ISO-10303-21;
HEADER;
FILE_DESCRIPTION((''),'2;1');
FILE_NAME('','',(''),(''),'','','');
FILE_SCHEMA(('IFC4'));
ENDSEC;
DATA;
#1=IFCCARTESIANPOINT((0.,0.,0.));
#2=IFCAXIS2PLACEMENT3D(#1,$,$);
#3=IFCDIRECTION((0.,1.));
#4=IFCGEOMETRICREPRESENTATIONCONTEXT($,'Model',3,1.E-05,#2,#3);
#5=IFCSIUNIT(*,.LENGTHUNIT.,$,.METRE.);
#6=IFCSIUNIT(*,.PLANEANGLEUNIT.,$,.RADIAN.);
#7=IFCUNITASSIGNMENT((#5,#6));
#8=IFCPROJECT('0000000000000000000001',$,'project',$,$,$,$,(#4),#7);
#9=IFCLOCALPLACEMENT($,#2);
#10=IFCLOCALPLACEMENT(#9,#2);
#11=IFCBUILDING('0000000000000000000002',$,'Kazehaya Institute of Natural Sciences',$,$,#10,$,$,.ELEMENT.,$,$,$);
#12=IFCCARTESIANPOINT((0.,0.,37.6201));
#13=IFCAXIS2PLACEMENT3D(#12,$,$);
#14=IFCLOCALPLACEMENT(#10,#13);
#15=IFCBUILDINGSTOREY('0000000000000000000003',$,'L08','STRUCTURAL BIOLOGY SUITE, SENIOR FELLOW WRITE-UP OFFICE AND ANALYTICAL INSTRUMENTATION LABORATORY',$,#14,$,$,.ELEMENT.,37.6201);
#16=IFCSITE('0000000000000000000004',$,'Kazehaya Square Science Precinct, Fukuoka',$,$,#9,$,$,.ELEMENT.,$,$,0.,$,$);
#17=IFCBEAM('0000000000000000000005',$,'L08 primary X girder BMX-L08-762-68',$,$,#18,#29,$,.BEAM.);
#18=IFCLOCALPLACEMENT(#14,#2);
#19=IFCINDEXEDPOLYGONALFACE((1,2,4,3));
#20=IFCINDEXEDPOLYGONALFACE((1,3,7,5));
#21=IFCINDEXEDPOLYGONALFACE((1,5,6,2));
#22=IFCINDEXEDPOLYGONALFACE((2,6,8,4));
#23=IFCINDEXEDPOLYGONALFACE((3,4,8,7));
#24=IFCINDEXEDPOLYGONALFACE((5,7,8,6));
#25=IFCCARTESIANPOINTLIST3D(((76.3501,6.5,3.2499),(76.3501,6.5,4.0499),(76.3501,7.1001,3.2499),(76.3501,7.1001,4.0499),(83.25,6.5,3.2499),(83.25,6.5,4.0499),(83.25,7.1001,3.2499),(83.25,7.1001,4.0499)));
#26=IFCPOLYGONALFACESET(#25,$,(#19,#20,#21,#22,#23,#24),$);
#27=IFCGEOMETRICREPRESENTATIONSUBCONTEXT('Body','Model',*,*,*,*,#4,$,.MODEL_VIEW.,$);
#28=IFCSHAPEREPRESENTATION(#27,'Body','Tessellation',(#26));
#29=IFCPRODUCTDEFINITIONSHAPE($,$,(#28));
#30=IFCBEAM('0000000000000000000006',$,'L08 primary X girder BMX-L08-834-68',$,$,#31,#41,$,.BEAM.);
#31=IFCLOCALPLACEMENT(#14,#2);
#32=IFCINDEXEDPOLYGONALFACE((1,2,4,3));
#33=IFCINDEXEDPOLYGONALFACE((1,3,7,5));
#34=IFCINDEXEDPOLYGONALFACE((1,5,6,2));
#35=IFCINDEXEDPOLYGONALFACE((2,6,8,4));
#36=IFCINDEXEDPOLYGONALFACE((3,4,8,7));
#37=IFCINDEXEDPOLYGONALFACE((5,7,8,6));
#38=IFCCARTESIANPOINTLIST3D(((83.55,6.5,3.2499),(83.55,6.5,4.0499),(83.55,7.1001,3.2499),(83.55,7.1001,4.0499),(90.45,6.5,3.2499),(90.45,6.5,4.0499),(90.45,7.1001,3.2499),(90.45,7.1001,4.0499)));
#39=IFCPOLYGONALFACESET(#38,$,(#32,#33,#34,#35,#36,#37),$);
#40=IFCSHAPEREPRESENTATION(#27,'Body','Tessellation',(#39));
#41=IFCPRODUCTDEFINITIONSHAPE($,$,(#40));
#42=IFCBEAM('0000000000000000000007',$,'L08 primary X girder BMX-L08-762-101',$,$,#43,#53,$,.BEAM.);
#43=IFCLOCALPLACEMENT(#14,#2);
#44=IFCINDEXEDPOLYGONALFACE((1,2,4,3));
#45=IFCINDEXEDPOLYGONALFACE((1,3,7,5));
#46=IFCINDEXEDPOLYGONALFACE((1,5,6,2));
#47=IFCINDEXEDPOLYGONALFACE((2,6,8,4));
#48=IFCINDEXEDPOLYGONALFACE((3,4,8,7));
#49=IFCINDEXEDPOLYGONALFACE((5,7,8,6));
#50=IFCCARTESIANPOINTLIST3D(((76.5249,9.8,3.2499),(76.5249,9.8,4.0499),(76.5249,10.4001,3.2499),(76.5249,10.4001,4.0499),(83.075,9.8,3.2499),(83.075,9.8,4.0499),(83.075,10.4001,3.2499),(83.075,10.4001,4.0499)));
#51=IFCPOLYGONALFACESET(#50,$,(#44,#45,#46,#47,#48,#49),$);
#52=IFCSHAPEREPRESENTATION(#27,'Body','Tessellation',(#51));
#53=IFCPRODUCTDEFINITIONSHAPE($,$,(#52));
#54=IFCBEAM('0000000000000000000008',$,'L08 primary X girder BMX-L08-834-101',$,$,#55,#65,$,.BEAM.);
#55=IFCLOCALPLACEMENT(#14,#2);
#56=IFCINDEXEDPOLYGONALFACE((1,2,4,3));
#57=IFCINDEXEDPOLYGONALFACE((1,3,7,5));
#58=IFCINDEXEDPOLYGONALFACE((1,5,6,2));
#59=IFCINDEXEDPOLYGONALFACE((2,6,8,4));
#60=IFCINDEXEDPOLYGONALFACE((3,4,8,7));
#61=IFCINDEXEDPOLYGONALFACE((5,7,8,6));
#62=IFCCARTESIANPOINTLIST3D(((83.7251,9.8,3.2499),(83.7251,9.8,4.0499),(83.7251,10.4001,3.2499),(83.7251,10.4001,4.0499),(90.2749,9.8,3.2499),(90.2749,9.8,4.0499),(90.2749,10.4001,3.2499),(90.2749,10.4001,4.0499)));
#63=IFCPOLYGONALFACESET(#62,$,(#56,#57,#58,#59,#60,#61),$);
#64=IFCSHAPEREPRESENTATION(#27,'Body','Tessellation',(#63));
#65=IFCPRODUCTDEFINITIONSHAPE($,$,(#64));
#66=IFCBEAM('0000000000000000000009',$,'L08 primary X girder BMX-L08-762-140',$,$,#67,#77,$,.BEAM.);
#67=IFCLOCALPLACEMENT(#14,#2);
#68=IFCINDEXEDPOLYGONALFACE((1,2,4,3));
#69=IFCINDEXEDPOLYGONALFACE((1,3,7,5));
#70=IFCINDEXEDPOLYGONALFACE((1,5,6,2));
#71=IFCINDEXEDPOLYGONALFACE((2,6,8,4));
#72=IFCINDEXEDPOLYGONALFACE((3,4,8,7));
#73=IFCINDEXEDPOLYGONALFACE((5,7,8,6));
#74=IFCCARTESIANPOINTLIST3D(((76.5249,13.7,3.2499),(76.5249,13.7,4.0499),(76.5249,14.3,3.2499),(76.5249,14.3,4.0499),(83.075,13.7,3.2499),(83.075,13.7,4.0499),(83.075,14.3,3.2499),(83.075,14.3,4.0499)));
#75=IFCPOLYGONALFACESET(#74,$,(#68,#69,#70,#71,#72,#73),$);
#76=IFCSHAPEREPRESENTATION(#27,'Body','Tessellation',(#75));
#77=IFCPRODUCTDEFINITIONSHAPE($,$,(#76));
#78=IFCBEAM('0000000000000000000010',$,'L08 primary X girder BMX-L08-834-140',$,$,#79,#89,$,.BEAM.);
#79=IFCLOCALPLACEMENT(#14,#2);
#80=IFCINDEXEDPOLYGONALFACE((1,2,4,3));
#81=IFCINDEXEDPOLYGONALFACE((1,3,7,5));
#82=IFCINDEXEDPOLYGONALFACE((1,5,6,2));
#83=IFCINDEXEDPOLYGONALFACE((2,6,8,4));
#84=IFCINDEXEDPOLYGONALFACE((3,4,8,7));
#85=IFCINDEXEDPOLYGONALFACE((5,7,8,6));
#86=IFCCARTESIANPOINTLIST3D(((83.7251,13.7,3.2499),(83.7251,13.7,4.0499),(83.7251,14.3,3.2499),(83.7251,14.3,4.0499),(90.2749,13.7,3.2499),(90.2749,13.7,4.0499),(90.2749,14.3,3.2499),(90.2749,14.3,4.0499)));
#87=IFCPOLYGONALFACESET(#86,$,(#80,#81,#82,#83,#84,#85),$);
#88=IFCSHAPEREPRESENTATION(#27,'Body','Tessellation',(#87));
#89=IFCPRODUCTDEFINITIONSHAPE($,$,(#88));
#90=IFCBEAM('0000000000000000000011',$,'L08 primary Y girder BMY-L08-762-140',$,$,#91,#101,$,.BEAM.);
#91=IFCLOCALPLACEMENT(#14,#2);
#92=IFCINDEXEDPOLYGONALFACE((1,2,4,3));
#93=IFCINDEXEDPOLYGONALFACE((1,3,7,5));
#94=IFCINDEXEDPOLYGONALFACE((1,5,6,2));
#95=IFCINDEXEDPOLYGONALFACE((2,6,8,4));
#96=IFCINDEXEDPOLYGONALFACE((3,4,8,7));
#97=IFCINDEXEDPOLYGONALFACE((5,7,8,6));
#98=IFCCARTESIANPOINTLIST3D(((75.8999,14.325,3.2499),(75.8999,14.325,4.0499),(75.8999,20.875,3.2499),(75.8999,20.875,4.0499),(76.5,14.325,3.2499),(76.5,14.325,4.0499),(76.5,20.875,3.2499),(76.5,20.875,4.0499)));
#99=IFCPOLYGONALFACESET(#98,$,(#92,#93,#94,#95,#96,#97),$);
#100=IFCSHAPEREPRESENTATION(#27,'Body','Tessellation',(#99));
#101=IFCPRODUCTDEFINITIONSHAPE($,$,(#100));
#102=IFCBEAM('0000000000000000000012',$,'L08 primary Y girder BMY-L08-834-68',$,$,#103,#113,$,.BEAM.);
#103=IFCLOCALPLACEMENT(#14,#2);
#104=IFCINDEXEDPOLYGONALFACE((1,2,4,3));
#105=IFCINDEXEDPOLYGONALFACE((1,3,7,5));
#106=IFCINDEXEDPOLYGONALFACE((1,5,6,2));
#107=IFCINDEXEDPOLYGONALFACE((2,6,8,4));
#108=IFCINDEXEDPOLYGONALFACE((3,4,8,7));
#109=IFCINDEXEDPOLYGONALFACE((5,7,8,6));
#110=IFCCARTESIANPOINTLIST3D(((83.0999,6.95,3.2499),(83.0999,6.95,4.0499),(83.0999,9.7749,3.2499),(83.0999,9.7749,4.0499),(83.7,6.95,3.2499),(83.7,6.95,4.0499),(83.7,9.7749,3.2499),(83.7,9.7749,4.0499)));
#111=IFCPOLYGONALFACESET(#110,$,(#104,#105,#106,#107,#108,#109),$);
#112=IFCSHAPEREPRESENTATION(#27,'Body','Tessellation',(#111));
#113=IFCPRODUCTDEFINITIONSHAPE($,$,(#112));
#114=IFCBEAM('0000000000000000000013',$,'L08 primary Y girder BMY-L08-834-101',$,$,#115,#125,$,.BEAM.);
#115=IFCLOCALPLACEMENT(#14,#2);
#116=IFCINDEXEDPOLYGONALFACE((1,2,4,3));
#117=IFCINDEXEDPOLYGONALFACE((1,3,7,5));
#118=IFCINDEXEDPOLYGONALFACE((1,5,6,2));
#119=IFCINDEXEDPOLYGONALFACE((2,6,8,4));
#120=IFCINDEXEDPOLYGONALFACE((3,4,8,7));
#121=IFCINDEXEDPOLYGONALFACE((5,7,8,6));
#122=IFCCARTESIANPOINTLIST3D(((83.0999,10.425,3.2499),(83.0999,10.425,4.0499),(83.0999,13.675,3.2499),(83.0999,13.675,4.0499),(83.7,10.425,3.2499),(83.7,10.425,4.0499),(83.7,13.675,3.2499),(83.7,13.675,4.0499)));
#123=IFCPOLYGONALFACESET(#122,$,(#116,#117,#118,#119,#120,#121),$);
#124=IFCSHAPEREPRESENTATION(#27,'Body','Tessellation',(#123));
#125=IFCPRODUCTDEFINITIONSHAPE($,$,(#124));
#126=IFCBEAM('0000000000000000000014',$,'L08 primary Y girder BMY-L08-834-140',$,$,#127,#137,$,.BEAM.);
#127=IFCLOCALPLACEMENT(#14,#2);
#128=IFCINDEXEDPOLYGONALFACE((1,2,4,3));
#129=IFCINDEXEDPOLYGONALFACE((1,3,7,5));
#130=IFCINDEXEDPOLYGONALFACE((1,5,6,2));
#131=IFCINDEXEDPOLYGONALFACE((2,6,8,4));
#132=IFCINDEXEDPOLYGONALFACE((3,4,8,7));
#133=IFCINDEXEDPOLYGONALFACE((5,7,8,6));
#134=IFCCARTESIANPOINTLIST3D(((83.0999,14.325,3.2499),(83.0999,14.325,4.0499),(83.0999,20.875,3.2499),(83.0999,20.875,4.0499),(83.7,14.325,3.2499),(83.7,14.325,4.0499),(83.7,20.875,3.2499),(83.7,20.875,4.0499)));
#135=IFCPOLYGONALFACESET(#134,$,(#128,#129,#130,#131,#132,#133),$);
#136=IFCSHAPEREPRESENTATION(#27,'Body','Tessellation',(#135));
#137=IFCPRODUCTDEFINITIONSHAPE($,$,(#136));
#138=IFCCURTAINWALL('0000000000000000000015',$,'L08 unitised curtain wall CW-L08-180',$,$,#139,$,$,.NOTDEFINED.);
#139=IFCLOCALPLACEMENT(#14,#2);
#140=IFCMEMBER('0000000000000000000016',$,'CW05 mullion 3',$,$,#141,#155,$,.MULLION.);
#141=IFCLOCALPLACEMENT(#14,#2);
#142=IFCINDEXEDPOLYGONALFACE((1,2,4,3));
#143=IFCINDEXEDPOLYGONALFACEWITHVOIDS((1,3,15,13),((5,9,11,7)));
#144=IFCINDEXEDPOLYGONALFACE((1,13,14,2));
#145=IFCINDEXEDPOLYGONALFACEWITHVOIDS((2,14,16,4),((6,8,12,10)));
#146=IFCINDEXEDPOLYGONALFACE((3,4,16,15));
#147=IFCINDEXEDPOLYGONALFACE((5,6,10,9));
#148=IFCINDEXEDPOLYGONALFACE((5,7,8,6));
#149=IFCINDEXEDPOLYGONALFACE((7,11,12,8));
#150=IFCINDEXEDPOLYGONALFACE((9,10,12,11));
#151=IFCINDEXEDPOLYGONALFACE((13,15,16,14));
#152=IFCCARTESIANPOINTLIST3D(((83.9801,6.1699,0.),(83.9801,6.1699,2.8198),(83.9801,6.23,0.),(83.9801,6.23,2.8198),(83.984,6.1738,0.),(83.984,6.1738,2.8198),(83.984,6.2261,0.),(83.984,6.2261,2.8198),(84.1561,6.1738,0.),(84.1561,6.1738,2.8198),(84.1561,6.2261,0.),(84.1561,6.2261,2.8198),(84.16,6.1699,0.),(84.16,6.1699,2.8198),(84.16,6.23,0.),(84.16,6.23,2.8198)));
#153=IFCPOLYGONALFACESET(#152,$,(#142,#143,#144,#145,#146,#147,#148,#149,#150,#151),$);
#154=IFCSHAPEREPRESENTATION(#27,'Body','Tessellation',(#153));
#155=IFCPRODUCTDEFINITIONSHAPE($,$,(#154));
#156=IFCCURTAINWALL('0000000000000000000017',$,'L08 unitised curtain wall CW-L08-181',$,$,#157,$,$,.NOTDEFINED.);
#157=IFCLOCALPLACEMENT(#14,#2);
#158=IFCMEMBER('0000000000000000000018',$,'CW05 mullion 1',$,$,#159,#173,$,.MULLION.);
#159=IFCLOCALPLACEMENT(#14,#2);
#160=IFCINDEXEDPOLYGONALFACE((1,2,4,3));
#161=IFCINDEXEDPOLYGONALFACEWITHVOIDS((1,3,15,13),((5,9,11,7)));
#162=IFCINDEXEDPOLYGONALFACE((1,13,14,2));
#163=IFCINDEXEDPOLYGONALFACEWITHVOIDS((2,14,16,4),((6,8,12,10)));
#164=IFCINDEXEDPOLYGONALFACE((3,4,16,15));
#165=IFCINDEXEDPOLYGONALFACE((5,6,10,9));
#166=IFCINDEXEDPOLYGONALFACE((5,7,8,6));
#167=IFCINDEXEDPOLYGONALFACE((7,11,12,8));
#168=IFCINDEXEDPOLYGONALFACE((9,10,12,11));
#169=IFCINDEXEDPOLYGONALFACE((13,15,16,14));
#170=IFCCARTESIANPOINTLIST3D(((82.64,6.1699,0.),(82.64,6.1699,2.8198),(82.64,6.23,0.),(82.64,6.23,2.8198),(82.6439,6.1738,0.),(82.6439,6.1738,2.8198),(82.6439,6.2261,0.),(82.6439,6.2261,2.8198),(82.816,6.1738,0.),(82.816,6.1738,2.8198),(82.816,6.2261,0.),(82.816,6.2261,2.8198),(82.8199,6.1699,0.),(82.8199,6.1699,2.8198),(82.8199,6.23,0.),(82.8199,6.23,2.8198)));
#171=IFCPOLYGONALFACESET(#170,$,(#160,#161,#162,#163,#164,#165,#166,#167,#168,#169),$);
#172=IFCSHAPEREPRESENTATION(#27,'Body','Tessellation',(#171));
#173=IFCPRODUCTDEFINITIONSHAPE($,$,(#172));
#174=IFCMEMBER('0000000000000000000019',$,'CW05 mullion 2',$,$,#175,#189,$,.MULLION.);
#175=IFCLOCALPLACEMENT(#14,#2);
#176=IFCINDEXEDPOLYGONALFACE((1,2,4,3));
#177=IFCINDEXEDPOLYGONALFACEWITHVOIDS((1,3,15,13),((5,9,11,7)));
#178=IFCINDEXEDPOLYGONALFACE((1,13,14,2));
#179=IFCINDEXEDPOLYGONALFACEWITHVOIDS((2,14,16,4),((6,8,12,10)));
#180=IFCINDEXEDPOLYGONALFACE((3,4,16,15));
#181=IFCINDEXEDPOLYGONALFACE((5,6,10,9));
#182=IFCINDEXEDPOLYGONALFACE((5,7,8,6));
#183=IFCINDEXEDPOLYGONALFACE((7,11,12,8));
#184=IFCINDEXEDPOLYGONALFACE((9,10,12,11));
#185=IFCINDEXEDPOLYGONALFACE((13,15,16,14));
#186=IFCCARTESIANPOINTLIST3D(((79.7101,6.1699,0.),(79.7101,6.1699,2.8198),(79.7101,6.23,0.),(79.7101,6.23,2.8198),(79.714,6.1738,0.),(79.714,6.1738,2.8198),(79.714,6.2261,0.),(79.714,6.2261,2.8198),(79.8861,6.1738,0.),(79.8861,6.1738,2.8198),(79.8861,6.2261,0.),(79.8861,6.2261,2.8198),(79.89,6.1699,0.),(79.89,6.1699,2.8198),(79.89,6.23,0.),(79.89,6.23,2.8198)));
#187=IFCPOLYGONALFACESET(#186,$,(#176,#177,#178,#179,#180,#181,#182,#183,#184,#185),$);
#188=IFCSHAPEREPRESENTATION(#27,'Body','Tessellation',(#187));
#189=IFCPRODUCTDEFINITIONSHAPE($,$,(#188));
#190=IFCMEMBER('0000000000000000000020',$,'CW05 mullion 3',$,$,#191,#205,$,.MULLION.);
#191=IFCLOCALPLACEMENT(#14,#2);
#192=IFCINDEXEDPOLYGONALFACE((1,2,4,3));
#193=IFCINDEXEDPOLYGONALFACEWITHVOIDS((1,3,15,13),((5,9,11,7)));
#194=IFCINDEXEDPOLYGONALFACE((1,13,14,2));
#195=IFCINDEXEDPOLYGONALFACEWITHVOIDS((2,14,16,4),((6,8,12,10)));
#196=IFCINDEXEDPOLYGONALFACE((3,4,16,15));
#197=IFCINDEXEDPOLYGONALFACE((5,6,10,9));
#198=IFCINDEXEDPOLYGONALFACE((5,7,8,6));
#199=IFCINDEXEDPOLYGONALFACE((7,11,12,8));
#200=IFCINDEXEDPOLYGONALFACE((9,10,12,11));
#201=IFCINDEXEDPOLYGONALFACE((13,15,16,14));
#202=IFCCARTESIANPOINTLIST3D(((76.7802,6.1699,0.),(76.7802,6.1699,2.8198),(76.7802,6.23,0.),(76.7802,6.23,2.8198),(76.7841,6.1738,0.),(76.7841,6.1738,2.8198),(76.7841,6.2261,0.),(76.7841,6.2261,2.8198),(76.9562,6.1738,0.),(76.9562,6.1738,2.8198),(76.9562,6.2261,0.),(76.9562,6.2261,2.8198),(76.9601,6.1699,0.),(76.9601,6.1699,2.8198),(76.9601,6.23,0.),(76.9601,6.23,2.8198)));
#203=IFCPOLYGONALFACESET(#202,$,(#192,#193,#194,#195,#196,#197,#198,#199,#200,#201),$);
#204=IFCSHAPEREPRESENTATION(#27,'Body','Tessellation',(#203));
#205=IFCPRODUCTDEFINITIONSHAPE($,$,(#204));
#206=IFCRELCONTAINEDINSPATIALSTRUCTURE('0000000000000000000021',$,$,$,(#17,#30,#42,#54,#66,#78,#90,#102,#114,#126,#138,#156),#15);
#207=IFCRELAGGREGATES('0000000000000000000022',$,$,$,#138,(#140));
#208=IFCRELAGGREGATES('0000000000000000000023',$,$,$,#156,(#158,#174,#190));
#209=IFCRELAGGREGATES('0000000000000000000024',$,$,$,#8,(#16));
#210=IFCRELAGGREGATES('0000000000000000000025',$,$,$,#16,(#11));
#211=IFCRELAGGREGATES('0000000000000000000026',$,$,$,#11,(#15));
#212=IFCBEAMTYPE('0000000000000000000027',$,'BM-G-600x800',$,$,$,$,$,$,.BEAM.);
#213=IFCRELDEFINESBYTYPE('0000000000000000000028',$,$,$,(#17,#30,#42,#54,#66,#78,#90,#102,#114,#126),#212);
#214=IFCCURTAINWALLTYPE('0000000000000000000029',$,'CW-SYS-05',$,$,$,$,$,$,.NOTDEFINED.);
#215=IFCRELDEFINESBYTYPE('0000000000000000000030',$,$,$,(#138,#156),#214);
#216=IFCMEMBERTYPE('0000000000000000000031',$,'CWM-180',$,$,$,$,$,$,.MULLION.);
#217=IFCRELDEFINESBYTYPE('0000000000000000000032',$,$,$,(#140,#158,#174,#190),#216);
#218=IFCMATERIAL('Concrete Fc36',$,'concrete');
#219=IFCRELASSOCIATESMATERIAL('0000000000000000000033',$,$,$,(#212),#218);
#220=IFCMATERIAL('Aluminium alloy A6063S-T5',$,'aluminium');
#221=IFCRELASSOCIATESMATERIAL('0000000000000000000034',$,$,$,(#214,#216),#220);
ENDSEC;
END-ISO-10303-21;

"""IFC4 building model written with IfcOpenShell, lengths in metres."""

from ifc_helpers import new_model, si_unit, direction, frame, origin, origin_2d, place, context, subcontext, project, spatial, rectangle, hollow_rectangle, extrude, material, material_profile, profile_set, type_object, element, aggregate, save


model = new_model("IFC4")

# Units and contexts
model_context = context("Model", 3, precision=1e-05, world=origin(), true_north=direction((0.0, 1.0)))
body_context = subcontext(model_context, "Body", "Model", "MODEL_VIEW")
ifc_project = project(units=[si_unit("LENGTHUNIT", "METRE"), si_unit("PLANEANGLEUNIT", "RADIAN")], contexts=[model_context])

# Site, building, storey
site_placement = place(None, origin())
site = spatial("IfcSite", under=ifc_project, at=site_placement, Name="Kazehaya Square Science Precinct, Fukuoka", CompositionType="ELEMENT", RefElevation=0.0)
building_placement = place(site_placement, origin())
building = spatial("IfcBuilding", under=site, at=building_placement, Name="Kazehaya Institute of Natural Sciences", CompositionType="ELEMENT")
storey_placement = place(building_placement, frame((0.0, 0.0, 37.6201)))
storey = spatial("IfcBuildingStorey", under=building, at=storey_placement, Name="L08", Description="STRUCTURAL BIOLOGY SUITE, SENIOR FELLOW WRITE-UP OFFICE AND ANALYTICAL INSTRUMENTATION LABORATORY", CompositionType="ELEMENT", Elevation=37.6201)

# Shared definitions
ifc_material_1 = material(Name="Concrete Fc36", Category="concrete")

# Beams
ifc_material_profile_1 = material_profile(ifc_material_1, rectangle(XDim=0.6001, YDim=0.8, at=origin_2d()), Name="RC-600x800")
ifc_profile_set_1 = profile_set([ifc_material_profile_1], Name="Concrete Fc36")
beam_type = type_object("IfcBeamType", Name="BM-G-600x800", PredefinedType="BEAM", material=ifc_profile_set_1)
for number, where, z_axis, x_axis, name in (
    (1, (76.3501, 6.8, 3.6499), (1.0, 0.0, 0.0), (0.0, 1.0, 0.0), "L08 primary X girder BMX-L08-762-68"),
    (2, (83.55, 6.8, 3.6499), (1.0, 0.0, 0.0), (0.0, 1.0, 0.0), "L08 primary X girder BMX-L08-834-68"),
):
    element("IfcBeam", number, at=place(storey_placement, frame(where, z_axis=z_axis, x_axis=x_axis)), inside=storey, type_object=beam_type, Name=name, PredefinedType="BEAM", context=body_context, shape_type="SweptSolid", body=[
        extrude(rectangle(XDim=0.6001, YDim=0.8, at=origin_2d()), origin(), (0.0, 0.0, 1.0), 6.8999),
    ])
beam_1_placement = place(storey_placement, frame((76.5249, 10.1001, 3.6499), z_axis=(1.0, 0.0, 0.0), x_axis=(0.0, 1.0, 0.0)))
element("IfcBeam", 3, at=beam_1_placement, inside=storey, type_object=beam_type, Name="L08 primary X girder BMX-L08-762-101", PredefinedType="BEAM", context=body_context, shape_type="SweptSolid", body=[
    extrude(rectangle(XDim=0.6001, YDim=0.8, at=origin_2d()), origin(), (0.0, 0.0, 1.0), 6.55),
])
beam_2_placement = place(storey_placement, frame((83.7251, 10.1001, 3.6499), z_axis=(1.0, 0.0, 0.0), x_axis=(0.0, 1.0, 0.0)))
element("IfcBeam", 4, at=beam_2_placement, inside=storey, type_object=beam_type, Name="L08 primary X girder BMX-L08-834-101", PredefinedType="BEAM", context=body_context, shape_type="SweptSolid", body=[
    extrude(rectangle(XDim=0.6001, YDim=0.8, at=origin_2d()), origin(), (0.0, 0.0, 1.0), 6.5498),
])
beam_3_placement = place(storey_placement, frame((76.5249, 14.0, 3.6499), z_axis=(1.0, 0.0, 0.0), x_axis=(0.0, 1.0, 0.0)))
element("IfcBeam", 5, at=beam_3_placement, inside=storey, type_object=beam_type, Name="L08 primary X girder BMX-L08-762-140", PredefinedType="BEAM", context=body_context, shape_type="SweptSolid", body=[
    extrude(rectangle(XDim=0.6001, YDim=0.8, at=origin_2d()), origin(), (0.0, 0.0, 1.0), 6.55),
])
beam_4_placement = place(storey_placement, frame((83.7251, 14.0, 3.6499), z_axis=(1.0, 0.0, 0.0), x_axis=(0.0, 1.0, 0.0)))
element("IfcBeam", 6, at=beam_4_placement, inside=storey, type_object=beam_type, Name="L08 primary X girder BMX-L08-834-140", PredefinedType="BEAM", context=body_context, shape_type="SweptSolid", body=[
    extrude(rectangle(XDim=0.6001, YDim=0.8, at=origin_2d()), origin(), (0.0, 0.0, 1.0), 6.5498),
])
beam_5_placement = place(storey_placement, frame((76.2, 14.325, 3.6499), z_axis=(0.0, 1.0, 0.0), x_axis=(-1.0, 0.0, 0.0)))
element("IfcBeam", 7, at=beam_5_placement, inside=storey, type_object=beam_type, Name="L08 primary Y girder BMY-L08-762-140", PredefinedType="BEAM", context=body_context, shape_type="SweptSolid", body=[
    extrude(rectangle(XDim=0.6001, YDim=0.8, at=origin_2d()), origin(), (0.0, 0.0, 1.0), 6.55),
])
beam_6_placement = place(storey_placement, frame((83.3999, 6.95, 3.6499), z_axis=(0.0, 1.0, 0.0), x_axis=(-1.0, 0.0, 0.0)))
element("IfcBeam", 8, at=beam_6_placement, inside=storey, type_object=beam_type, Name="L08 primary Y girder BMY-L08-834-68", PredefinedType="BEAM", context=body_context, shape_type="SweptSolid", body=[
    extrude(rectangle(XDim=0.6001, YDim=0.8, at=origin_2d()), origin(), (0.0, 0.0, 1.0), 2.825),
])
beam_7_placement = place(storey_placement, frame((83.3999, 10.425, 3.6499), z_axis=(0.0, 1.0, 0.0), x_axis=(-1.0, 0.0, 0.0)))
element("IfcBeam", 9, at=beam_7_placement, inside=storey, type_object=beam_type, Name="L08 primary Y girder BMY-L08-834-101", PredefinedType="BEAM", context=body_context, shape_type="SweptSolid", body=[
    extrude(rectangle(XDim=0.6001, YDim=0.8, at=origin_2d()), origin(), (0.0, 0.0, 1.0), 3.25),
])
beam_8_placement = place(storey_placement, frame((83.3999, 14.325, 3.6499), z_axis=(0.0, 1.0, 0.0), x_axis=(-1.0, 0.0, 0.0)))
element("IfcBeam", 10, at=beam_8_placement, inside=storey, type_object=beam_type, Name="L08 primary Y girder BMY-L08-834-140", PredefinedType="BEAM", context=body_context, shape_type="SweptSolid", body=[
    extrude(rectangle(XDim=0.6001, YDim=0.8, at=origin_2d()), origin(), (0.0, 0.0, 1.0), 6.55),
])

# Curtain wall, member
ifc_material_2 = material(Name="Aluminium alloy A6063S-T5", Category="aluminium")
curtain_wall_type = type_object("IfcCurtainWallType", Name="CW-SYS-05", PredefinedType="NOTDEFINED", material=ifc_material_2)
curtain_wall_1_placement = place(storey_placement, origin())
curtain_wall_1 = element("IfcCurtainWall", 11, at=curtain_wall_1_placement, inside=storey, type_object=curtain_wall_type, Name="L08 unitised curtain wall CW-L08-180", PredefinedType="NOTDEFINED")
ifc_material_profile_2 = material_profile(ifc_material_2, hollow_rectangle(XDim=0.0601, YDim=0.1799, WallThickness=0.0039, at=origin_2d()), Name="ALU-60x180x4")
ifc_profile_set_2 = profile_set([ifc_material_profile_2], Name="Aluminium alloy A6063S-T5")
member_type_1 = type_object("IfcMemberType", Name="CWM-180", PredefinedType="MULLION", material=ifc_profile_set_2)
member_1_placement = place(storey_placement, frame((84.0701, 6.2, 0.0), z_axis=(0.0, 0.0, 1.0), x_axis=(0.0, -1.0, 0.0)))
member_1 = element("IfcMember", 12, at=member_1_placement, type_object=member_type_1, Name="CW05 mullion 3", PredefinedType="MULLION", context=body_context, shape_type="SweptSolid", body=[
    extrude(hollow_rectangle(XDim=0.0601, YDim=0.1799, WallThickness=0.0039, at=origin_2d()), origin(), (0.0, 0.0, 1.0), 2.8198),
])
aggregate(curtain_wall_1, [member_1])

# Curtain wall, members
curtain_wall_2_placement = place(storey_placement, origin())
curtain_wall_2 = element("IfcCurtainWall", 13, at=curtain_wall_2_placement, inside=storey, type_object=curtain_wall_type, Name="L08 unitised curtain wall CW-L08-181", PredefinedType="NOTDEFINED")
member_2_placement = place(storey_placement, frame((82.73, 6.2, 0.0), z_axis=(0.0, 0.0, 1.0), x_axis=(0.0, -1.0, 0.0)))
member_2 = element("IfcMember", 14, at=member_2_placement, type_object=member_type_1, Name="CW05 mullion 1", PredefinedType="MULLION", context=body_context, shape_type="SweptSolid", body=[
    extrude(hollow_rectangle(XDim=0.0601, YDim=0.1799, WallThickness=0.0039, at=origin_2d()), origin(), (0.0, 0.0, 1.0), 2.8198),
])
member_3_placement = place(storey_placement, frame((79.8, 6.2, 0.0), z_axis=(0.0, 0.0, 1.0), x_axis=(0.0, -1.0, 0.0)))
member_3 = element("IfcMember", 15, at=member_3_placement, type_object=member_type_1, Name="CW05 mullion 2", PredefinedType="MULLION", context=body_context, shape_type="SweptSolid", body=[
    extrude(hollow_rectangle(XDim=0.0601, YDim=0.1799, WallThickness=0.0039, at=origin_2d()), origin(), (0.0, 0.0, 1.0), 2.8198),
])
member_4_placement = place(storey_placement, frame((76.8701, 6.2, 0.0), z_axis=(0.0, 0.0, 1.0), x_axis=(0.0, -1.0, 0.0)))
member_4 = element("IfcMember", 16, at=member_4_placement, type_object=member_type_1, Name="CW05 mullion 3", PredefinedType="MULLION", context=body_context, shape_type="SweptSolid", body=[
    extrude(hollow_rectangle(XDim=0.0601, YDim=0.1799, WallThickness=0.0039, at=origin_2d()), origin(), (0.0, 0.0, 1.0), 2.8198),
])
aggregate(curtain_wall_2, [member_2, member_3, member_4])

save(model, "model.ifc")
